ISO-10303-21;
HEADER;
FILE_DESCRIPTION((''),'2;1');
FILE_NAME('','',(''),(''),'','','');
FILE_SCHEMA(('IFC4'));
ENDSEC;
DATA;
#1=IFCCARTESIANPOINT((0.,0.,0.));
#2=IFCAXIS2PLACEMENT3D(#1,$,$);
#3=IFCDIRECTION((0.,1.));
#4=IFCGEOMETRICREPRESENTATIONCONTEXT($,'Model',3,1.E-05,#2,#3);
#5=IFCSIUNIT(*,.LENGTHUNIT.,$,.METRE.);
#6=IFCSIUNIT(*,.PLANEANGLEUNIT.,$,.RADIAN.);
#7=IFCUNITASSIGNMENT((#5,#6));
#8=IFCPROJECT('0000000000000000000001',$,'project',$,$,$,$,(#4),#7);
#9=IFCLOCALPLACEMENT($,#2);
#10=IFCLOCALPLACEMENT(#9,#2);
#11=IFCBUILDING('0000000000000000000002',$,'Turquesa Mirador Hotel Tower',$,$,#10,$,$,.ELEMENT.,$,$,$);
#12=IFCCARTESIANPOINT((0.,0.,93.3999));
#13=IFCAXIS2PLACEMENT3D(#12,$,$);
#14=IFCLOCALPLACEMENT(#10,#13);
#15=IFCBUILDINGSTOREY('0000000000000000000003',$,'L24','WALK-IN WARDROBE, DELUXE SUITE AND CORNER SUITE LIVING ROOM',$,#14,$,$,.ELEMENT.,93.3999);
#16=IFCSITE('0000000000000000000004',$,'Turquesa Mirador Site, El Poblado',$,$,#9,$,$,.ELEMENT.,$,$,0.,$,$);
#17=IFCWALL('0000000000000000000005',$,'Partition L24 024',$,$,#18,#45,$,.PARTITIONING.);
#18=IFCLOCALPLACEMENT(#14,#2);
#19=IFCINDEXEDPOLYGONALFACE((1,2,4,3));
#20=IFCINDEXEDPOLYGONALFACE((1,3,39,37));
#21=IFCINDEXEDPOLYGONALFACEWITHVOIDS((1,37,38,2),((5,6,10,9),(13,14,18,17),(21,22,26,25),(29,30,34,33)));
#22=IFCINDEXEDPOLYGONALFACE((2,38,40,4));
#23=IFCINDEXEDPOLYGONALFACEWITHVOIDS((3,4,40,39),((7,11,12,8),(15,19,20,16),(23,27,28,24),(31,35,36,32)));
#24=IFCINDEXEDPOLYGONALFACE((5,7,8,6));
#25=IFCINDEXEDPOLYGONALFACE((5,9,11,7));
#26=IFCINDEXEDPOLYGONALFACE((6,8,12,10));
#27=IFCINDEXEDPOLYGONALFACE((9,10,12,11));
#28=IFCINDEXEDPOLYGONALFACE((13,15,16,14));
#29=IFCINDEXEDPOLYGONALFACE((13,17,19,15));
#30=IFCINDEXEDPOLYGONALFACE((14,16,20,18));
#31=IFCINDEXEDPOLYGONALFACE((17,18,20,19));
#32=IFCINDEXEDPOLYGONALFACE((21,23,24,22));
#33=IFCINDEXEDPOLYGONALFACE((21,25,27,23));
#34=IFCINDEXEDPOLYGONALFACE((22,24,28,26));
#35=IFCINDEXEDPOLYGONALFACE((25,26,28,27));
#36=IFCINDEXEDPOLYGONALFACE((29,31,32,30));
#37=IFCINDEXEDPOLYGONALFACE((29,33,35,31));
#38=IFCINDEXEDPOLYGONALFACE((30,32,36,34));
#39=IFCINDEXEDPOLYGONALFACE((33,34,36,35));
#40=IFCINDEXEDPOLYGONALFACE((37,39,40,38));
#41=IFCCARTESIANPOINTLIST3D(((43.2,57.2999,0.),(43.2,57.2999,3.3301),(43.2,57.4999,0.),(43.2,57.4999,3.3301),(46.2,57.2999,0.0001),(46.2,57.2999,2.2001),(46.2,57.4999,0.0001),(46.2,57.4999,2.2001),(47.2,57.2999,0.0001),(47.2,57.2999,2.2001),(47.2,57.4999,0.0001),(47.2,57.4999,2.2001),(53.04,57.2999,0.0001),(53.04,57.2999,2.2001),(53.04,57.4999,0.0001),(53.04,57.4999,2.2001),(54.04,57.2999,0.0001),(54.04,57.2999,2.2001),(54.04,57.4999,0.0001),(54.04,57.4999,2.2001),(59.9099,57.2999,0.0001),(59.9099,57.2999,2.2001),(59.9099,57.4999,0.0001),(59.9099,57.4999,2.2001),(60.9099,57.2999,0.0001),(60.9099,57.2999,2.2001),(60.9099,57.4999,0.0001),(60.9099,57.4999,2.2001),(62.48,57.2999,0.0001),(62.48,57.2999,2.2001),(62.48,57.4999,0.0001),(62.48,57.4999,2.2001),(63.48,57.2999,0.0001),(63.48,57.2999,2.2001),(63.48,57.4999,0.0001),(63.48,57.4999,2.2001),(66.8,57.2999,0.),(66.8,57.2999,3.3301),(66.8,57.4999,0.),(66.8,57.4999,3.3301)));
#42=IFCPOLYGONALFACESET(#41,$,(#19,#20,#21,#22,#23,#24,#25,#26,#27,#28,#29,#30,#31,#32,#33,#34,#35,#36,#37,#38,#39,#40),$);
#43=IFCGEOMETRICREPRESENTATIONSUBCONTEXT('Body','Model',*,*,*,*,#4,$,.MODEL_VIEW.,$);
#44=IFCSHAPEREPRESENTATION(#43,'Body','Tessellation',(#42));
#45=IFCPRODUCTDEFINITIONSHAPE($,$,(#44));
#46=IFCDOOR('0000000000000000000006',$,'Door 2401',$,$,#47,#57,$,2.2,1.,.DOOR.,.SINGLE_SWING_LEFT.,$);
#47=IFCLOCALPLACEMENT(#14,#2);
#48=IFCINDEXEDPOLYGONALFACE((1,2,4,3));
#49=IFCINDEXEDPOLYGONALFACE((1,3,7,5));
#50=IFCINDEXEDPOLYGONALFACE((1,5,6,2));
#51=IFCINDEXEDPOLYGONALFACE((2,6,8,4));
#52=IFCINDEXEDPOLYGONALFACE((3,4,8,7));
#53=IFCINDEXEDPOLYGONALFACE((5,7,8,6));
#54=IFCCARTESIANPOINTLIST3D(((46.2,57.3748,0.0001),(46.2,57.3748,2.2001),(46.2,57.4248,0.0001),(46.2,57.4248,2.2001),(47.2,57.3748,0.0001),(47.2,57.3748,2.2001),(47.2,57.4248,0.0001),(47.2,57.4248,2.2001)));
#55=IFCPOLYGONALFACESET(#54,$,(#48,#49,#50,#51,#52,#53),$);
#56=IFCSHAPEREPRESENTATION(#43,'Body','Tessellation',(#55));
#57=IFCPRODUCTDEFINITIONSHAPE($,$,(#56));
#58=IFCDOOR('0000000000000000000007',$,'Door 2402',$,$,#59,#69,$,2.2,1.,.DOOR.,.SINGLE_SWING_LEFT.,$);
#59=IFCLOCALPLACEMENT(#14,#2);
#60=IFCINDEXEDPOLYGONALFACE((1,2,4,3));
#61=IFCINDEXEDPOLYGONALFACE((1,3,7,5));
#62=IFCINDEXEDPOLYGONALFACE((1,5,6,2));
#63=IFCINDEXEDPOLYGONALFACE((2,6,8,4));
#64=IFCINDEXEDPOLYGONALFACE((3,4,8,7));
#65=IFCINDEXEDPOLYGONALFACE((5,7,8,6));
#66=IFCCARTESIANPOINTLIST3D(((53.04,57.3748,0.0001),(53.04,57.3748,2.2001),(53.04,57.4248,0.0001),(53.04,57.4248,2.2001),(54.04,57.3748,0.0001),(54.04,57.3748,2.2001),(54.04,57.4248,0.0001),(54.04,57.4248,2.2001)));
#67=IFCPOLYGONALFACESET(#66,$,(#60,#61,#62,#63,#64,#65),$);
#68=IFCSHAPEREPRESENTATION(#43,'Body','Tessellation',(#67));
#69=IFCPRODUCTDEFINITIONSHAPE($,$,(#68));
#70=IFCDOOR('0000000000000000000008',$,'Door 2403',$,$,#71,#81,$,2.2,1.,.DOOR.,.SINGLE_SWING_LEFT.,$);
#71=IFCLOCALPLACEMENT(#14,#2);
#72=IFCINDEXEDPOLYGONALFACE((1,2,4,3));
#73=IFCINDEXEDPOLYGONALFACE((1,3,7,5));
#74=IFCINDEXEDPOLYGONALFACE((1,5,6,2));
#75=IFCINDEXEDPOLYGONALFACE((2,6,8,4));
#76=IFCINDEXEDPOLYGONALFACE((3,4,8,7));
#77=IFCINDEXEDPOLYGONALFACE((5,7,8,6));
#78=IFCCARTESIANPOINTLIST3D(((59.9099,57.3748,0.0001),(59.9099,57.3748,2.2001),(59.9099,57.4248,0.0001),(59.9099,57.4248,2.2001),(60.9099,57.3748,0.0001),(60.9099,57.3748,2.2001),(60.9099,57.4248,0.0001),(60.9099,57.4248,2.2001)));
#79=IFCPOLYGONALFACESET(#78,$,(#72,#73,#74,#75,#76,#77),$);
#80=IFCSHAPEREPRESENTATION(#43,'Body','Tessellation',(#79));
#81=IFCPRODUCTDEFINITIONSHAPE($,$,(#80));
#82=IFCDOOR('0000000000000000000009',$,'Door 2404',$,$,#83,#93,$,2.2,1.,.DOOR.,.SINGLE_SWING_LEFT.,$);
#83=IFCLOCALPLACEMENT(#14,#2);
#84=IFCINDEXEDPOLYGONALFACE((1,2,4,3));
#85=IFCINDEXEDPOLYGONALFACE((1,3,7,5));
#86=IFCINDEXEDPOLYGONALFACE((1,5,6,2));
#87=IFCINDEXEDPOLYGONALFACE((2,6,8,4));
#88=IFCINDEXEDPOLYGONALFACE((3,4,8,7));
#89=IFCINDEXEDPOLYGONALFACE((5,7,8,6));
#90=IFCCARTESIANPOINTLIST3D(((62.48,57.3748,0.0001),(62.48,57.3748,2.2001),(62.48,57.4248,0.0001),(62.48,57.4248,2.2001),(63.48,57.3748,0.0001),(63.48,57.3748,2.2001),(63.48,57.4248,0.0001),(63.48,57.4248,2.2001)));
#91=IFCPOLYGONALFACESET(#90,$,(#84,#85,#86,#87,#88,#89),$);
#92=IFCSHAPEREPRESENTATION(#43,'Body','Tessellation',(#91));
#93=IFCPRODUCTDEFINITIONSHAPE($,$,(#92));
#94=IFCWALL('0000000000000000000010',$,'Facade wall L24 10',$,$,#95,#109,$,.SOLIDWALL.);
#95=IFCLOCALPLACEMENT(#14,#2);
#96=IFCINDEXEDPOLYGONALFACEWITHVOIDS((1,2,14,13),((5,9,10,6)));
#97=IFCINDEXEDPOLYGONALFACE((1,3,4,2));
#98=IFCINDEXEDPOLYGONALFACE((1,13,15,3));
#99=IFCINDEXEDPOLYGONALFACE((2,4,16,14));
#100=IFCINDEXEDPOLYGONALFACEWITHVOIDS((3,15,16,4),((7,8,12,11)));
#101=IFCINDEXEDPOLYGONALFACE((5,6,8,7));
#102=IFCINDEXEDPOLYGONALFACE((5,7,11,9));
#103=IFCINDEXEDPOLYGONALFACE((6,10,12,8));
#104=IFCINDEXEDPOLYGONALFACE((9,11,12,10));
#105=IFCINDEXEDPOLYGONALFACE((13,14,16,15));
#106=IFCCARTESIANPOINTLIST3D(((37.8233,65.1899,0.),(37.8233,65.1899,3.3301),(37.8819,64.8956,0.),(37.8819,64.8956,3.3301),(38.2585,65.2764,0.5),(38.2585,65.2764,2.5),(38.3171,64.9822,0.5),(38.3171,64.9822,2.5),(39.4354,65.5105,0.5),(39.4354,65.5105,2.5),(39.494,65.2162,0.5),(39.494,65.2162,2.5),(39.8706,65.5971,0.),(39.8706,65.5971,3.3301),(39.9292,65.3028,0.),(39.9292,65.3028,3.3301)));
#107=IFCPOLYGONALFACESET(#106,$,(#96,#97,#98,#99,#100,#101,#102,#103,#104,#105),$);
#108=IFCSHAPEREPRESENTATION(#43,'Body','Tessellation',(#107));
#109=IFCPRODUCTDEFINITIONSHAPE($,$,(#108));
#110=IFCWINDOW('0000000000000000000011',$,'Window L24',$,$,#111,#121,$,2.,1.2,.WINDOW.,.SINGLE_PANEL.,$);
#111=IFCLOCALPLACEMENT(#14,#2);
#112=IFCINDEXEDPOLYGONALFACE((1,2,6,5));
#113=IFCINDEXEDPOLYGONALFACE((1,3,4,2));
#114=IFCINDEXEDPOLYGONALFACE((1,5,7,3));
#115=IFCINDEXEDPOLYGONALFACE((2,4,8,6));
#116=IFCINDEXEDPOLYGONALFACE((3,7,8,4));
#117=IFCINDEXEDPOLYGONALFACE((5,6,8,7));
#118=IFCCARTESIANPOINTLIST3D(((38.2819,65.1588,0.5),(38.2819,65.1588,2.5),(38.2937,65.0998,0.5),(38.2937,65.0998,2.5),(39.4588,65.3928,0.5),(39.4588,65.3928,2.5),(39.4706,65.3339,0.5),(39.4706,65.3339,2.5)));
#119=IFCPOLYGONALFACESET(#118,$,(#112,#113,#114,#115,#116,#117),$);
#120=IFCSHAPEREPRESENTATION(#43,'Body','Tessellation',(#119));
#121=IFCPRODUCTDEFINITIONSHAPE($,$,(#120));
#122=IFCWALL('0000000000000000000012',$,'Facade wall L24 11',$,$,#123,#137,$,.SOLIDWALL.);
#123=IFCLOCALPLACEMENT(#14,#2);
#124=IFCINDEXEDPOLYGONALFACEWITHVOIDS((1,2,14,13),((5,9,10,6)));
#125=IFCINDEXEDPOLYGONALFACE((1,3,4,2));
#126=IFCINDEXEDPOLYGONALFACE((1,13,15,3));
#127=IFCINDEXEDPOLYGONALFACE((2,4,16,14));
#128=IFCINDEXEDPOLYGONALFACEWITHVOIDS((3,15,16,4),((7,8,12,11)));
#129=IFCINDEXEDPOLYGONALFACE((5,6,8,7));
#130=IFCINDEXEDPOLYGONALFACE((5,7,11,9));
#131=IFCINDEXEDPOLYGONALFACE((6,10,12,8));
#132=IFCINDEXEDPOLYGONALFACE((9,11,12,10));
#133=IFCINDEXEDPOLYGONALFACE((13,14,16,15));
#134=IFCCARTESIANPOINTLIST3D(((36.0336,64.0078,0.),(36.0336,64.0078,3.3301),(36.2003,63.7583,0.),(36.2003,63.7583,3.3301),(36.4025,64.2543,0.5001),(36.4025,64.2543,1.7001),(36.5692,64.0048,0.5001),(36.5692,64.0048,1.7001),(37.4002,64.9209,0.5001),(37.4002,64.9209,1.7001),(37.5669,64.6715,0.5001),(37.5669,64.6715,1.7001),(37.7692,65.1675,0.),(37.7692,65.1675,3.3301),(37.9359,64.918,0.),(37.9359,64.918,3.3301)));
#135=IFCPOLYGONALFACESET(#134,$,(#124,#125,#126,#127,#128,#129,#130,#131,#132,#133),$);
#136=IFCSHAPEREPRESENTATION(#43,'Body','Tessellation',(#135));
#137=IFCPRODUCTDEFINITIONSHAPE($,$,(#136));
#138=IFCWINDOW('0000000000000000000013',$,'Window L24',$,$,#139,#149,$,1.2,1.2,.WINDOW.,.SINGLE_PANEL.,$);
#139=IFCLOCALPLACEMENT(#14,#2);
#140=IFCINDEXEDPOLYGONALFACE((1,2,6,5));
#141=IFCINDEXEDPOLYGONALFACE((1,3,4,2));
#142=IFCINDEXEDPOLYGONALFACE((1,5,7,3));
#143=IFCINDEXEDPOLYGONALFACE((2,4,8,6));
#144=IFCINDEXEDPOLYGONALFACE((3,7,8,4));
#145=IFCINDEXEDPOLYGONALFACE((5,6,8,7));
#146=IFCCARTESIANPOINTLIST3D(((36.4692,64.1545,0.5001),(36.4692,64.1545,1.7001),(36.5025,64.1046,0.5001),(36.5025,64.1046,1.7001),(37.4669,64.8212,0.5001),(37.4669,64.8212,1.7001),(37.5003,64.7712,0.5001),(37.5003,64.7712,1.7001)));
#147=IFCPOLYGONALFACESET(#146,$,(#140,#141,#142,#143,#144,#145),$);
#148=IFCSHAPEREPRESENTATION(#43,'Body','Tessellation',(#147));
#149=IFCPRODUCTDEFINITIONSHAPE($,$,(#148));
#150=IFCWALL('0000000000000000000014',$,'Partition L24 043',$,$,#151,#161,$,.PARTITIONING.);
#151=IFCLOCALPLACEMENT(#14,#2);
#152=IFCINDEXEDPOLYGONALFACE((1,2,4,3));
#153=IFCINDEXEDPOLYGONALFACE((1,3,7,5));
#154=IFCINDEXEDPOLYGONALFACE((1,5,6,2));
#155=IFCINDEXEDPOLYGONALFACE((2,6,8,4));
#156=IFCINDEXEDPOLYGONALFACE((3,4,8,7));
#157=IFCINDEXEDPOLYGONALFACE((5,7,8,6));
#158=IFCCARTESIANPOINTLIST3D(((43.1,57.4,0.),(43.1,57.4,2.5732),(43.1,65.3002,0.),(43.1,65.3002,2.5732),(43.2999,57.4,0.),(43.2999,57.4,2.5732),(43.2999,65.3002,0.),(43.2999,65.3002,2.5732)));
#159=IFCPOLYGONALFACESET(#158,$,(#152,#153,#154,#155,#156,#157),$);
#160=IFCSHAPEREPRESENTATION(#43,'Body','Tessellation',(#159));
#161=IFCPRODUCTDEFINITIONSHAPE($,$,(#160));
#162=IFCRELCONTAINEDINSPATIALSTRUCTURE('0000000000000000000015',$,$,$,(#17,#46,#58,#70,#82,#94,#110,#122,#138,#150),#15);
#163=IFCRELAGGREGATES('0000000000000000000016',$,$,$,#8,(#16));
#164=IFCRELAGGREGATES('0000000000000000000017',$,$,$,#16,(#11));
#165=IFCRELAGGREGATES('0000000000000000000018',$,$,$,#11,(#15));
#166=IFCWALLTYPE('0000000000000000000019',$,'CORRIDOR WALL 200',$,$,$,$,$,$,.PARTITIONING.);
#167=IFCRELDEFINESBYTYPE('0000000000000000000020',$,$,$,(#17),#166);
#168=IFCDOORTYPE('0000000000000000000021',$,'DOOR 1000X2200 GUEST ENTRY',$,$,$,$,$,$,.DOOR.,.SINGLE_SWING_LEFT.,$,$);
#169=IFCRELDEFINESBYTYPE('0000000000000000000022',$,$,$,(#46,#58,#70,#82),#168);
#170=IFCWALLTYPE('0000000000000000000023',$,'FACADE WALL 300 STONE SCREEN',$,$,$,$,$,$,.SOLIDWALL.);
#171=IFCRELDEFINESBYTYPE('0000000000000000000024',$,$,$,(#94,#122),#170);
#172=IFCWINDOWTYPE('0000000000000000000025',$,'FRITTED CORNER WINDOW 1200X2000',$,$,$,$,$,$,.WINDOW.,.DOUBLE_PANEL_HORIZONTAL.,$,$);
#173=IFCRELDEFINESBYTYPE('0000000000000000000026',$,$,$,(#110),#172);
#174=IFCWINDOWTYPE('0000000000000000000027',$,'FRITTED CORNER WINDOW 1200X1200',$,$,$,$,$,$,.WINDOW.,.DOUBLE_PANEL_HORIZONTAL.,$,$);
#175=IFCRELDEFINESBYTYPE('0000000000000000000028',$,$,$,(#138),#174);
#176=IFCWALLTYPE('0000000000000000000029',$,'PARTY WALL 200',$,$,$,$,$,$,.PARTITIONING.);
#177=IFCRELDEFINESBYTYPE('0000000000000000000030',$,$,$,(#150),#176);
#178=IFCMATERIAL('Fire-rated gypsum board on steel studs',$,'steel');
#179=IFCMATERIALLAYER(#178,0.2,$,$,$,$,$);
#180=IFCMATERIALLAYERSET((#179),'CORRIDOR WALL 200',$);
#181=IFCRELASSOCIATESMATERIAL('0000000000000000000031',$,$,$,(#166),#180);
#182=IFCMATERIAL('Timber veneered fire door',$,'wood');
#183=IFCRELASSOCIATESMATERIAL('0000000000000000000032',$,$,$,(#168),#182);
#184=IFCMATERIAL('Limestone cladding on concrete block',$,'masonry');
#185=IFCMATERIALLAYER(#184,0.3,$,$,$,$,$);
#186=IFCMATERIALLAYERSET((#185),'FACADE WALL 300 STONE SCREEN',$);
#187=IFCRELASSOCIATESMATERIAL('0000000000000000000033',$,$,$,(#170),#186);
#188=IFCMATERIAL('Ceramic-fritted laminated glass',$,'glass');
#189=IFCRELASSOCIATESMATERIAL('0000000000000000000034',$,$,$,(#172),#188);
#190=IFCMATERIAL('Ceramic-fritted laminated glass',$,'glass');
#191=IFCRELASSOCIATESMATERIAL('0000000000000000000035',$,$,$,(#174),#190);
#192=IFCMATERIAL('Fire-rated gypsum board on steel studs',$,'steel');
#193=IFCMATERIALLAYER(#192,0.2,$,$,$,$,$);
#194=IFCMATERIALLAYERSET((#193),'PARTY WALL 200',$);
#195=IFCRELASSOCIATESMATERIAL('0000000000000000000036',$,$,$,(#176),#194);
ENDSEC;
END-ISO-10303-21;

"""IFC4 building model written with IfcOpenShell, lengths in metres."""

from ifc_helpers import new_model, si_unit, direction, frame, frame_2d, origin, place, context, subcontext, project, spatial, rectangle, extrude, material, layer, layer_set, type_object, element, fill, save


model = new_model("IFC4")

# Units and contexts
model_context = context("Model", 3, precision=1e-05, world=origin(), true_north=direction((0.0, 1.0)))
body_context = subcontext(model_context, "Body", "Model", "MODEL_VIEW")
ifc_project = project(units=[si_unit("LENGTHUNIT", "METRE"), si_unit("PLANEANGLEUNIT", "RADIAN")], contexts=[model_context])

# Site, building, storey
site_placement = place(None, origin())
site = spatial("IfcSite", under=ifc_project, at=site_placement, Name="Turquesa Mirador Site, El Poblado", CompositionType="ELEMENT", RefElevation=0.0)
building_placement = place(site_placement, origin())
building = spatial("IfcBuilding", under=site, at=building_placement, Name="Turquesa Mirador Hotel Tower", CompositionType="ELEMENT")
storey_placement = place(building_placement, frame((0.0, 0.0, 93.3999)))
storey = spatial("IfcBuildingStorey", under=building, at=storey_placement, Name="L24", Description="WALK-IN WARDROBE, DELUXE SUITE AND CORNER SUITE LIVING ROOM", CompositionType="ELEMENT", Elevation=93.3999)

# Wall, openings, doors
ifc_material_1 = material(Name="Fire-rated gypsum board on steel studs", Category="steel")
ifc_layer_1 = layer(ifc_material_1, 0.2)
ifc_layer_set_1 = layer_set([ifc_layer_1], Name="CORRIDOR WALL 200")
wall_type_1 = type_object("IfcWallType", Name="CORRIDOR WALL 200", PredefinedType="PARTITIONING", material=ifc_layer_set_1)
wall_1_placement = place(storey_placement, frame((43.2, 57.3999, 0.0), z_axis=(0.0, 0.0, 1.0), x_axis=(1.0, 0.0, 0.0)))
wall_1 = element("IfcWall", 1, at=wall_1_placement, inside=storey, type_object=wall_type_1, Name="Partition L24 024", PredefinedType="PARTITIONING", context=body_context, shape_type="SweptSolid", body=[
    extrude(rectangle(XDim=23.6001, YDim=0.2, at=frame_2d((11.8, 0.0))), origin(), (0.0, 0.0, 1.0), 3.3301),
])
opening_1_placement = place(wall_1_placement, frame((3.0, 0.0, 0.0)))
opening_1 = element("IfcOpeningElement", 2, at=opening_1_placement, cuts=wall_1, PredefinedType="OPENING", context=body_context, shape_type="SweptSolid", body=[
    extrude(rectangle(XDim=1.0, YDim=2.2, at=frame_2d((0.5, 1.1001))), frame((0.0, 0.1099, 0.0), z_axis=(0.0, -1.0, 0.0), x_axis=(1.0, 0.0, 0.0)), (0.0, 0.0, 1.0), 0.22),
])
opening_2_placement = place(wall_1_placement, frame((9.8401, 0.0, 0.0)))
opening_2 = element("IfcOpeningElement", 3, at=opening_2_placement, cuts=wall_1, PredefinedType="OPENING", context=body_context, shape_type="SweptSolid", body=[
    extrude(rectangle(XDim=1.0, YDim=2.2, at=frame_2d((0.5, 1.1001))), frame((0.0, 0.1099, 0.0), z_axis=(0.0, -1.0, 0.0), x_axis=(1.0, 0.0, 0.0)), (0.0, 0.0, 1.0), 0.22),
])
opening_3_placement = place(wall_1_placement, frame((16.71, 0.0, 0.0)))
opening_3 = element("IfcOpeningElement", 4, at=opening_3_placement, cuts=wall_1, PredefinedType="OPENING", context=body_context, shape_type="SweptSolid", body=[
    extrude(rectangle(XDim=1.0, YDim=2.2, at=frame_2d((0.5, 1.1001))), frame((0.0, 0.1099, 0.0), z_axis=(0.0, -1.0, 0.0), x_axis=(1.0, 0.0, 0.0)), (0.0, 0.0, 1.0), 0.22),
])
opening_4_placement = place(wall_1_placement, frame((19.28, 0.0, 0.0)))
opening_4 = element("IfcOpeningElement", 5, at=opening_4_placement, cuts=wall_1, PredefinedType="OPENING", context=body_context, shape_type="SweptSolid", body=[
    extrude(rectangle(XDim=1.0, YDim=2.2, at=frame_2d((0.5, 1.1001))), frame((0.0, 0.1099, 0.0), z_axis=(0.0, -1.0, 0.0), x_axis=(1.0, 0.0, 0.0)), (0.0, 0.0, 1.0), 0.22),
])
ifc_material_2 = material(Name="Timber veneered fire door", Category="wood")
door_type_1 = type_object("IfcDoorType", Name="DOOR 1000X2200 GUEST ENTRY", OperationType="SINGLE_SWING_LEFT", PredefinedType="DOOR", material=ifc_material_2)
door_1_placement = place(opening_1_placement, origin())
door_1 = element("IfcDoor", 6, at=door_1_placement, inside=storey, type_object=door_type_1, Name="Door 2401", OperationType="SINGLE_SWING_LEFT", OverallHeight=2.2, OverallWidth=1.0, PredefinedType="DOOR", context=body_context, shape_type="SweptSolid", body=[
    extrude(rectangle(XDim=1.0, YDim=2.2, at=frame_2d((0.5, 1.1001))), frame((0.0, 0.0249, 0.0), z_axis=(0.0, -1.0, 0.0), x_axis=(1.0, 0.0, 0.0)), (0.0, 0.0, 1.0), 0.05),
])
fill(opening_1, door_1)
door_2_placement = place(opening_2_placement, origin())
door_2 = element("IfcDoor", 7, at=door_2_placement, inside=storey, type_object=door_type_1, Name="Door 2402", OperationType="SINGLE_SWING_LEFT", OverallHeight=2.2, OverallWidth=1.0, PredefinedType="DOOR", context=body_context, shape_type="SweptSolid", body=[
    extrude(rectangle(XDim=1.0, YDim=2.2, at=frame_2d((0.5, 1.1001))), frame((0.0, 0.0249, 0.0), z_axis=(0.0, -1.0, 0.0), x_axis=(1.0, 0.0, 0.0)), (0.0, 0.0, 1.0), 0.05),
])
fill(opening_2, door_2)
door_3_placement = place(opening_3_placement, origin())
door_3 = element("IfcDoor", 8, at=door_3_placement, inside=storey, type_object=door_type_1, Name="Door 2403", OperationType="SINGLE_SWING_LEFT", OverallHeight=2.2, OverallWidth=1.0, PredefinedType="DOOR", context=body_context, shape_type="SweptSolid", body=[
    extrude(rectangle(XDim=1.0, YDim=2.2, at=frame_2d((0.5, 1.1001))), frame((0.0, 0.0249, 0.0), z_axis=(0.0, -1.0, 0.0), x_axis=(1.0, 0.0, 0.0)), (0.0, 0.0, 1.0), 0.05),
])
fill(opening_3, door_3)
door_4_placement = place(opening_4_placement, origin())
door_4 = element("IfcDoor", 9, at=door_4_placement, inside=storey, type_object=door_type_1, Name="Door 2404", OperationType="SINGLE_SWING_LEFT", OverallHeight=2.2, OverallWidth=1.0, PredefinedType="DOOR", context=body_context, shape_type="SweptSolid", body=[
    extrude(rectangle(XDim=1.0, YDim=2.2, at=frame_2d((0.5, 1.1001))), frame((0.0, 0.0249, 0.0), z_axis=(0.0, -1.0, 0.0), x_axis=(1.0, 0.0, 0.0)), (0.0, 0.0, 1.0), 0.05),
])
fill(opening_4, door_4)

# Walls, openings, windows
ifc_material_3 = material(Name="Limestone cladding on concrete block", Category="masonry")
ifc_layer_2 = layer(ifc_material_3, 0.3)
ifc_layer_set_2 = layer_set([ifc_layer_2], Name="FACADE WALL 300 STONE SCREEN")
wall_type_2 = type_object("IfcWallType", Name="FACADE WALL 300 STONE SCREEN", PredefinedType="SOLIDWALL", material=ifc_layer_set_2)
wall_2_placement = place(storey_placement, frame((39.8999, 65.45, 0.0), z_axis=(0.0, 0.0, 1.0), x_axis=(-0.980787, -0.195081, 0.0)))
wall_2 = element("IfcWall", 10, at=wall_2_placement, inside=storey, type_object=wall_type_2, Name="Facade wall L24 10", PredefinedType="SOLIDWALL", context=body_context, shape_type="SweptSolid", body=[
    extrude(rectangle(XDim=2.0874, YDim=0.3, at=frame_2d((1.0437, 0.0))), origin(), (0.0, 0.0, 1.0), 3.3301),
])
opening_5_placement = place(wall_2_placement, frame((0.4436, 0.0, 0.5)))
opening_5 = element("IfcOpeningElement", 11, at=opening_5_placement, cuts=wall_2, PredefinedType="OPENING", context=body_context, shape_type="SweptSolid", body=[
    extrude(rectangle(XDim=1.2, YDim=2.0, at=frame_2d((0.6001, 1.0))), frame((0.0, 0.1599, 0.0), z_axis=(0.0, -1.0, 0.0), x_axis=(1.0, 0.0, 0.0)), (0.0, 0.0, 1.0), 0.3201),
])
ifc_material_4 = material(Name="Ceramic-fritted laminated glass", Category="glass")
window_type_1 = type_object("IfcWindowType", Name="FRITTED CORNER WINDOW 1200X2000", PartitioningType="DOUBLE_PANEL_HORIZONTAL", PredefinedType="WINDOW", material=ifc_material_4)
window_1_placement = place(opening_5_placement, origin())
window_1 = element("IfcWindow", 12, at=window_1_placement, inside=storey, type_object=window_type_1, Name="Window L24", OverallHeight=2.0, OverallWidth=1.2, PartitioningType="SINGLE_PANEL", PredefinedType="WINDOW", context=body_context, shape_type="SweptSolid", body=[
    extrude(rectangle(XDim=1.2, YDim=2.0, at=frame_2d((0.6001, 1.0))), frame((0.0, 0.03, 0.0), z_axis=(0.0, -1.0, 0.0), x_axis=(1.0, 0.0, 0.0)), (0.0, 0.0, 1.0), 0.0601),
])
fill(opening_5, window_1)
wall_3_placement = place(storey_placement, frame((37.8525, 65.0427, 0.0), z_axis=(0.0, 0.0, 1.0), x_axis=(-0.831474, -0.555564, 0.0)))
wall_3 = element("IfcWall", 13, at=wall_3_placement, inside=storey, type_object=wall_type_2, Name="Facade wall L24 11", PredefinedType="SOLIDWALL", context=body_context, shape_type="SweptSolid", body=[
    extrude(rectangle(XDim=2.0874, YDim=0.3, at=frame_2d((1.0437, 0.0))), origin(), (0.0, 0.0, 1.0), 3.3301),
])
opening_6_placement = place(wall_3_placement, frame((0.4436, 0.0, 0.5)))
opening_6 = element("IfcOpeningElement", 14, at=opening_6_placement, cuts=wall_3, PredefinedType="OPENING", context=body_context, shape_type="SweptSolid", body=[
    extrude(rectangle(XDim=1.2, YDim=1.2, at=frame_2d((0.6001, 0.6001))), frame((0.0, 0.1599, 0.0), z_axis=(0.0, -1.0, 0.0), x_axis=(1.0, 0.0, 0.0)), (0.0, 0.0, 1.0), 0.3201),
])
ifc_material_5 = material(Name="Ceramic-fritted laminated glass", Category="glass")
window_type_2 = type_object("IfcWindowType", Name="FRITTED CORNER WINDOW 1200X1200", PartitioningType="DOUBLE_PANEL_HORIZONTAL", PredefinedType="WINDOW", material=ifc_material_5)
window_2_placement = place(opening_6_placement, origin())
window_2 = element("IfcWindow", 15, at=window_2_placement, inside=storey, type_object=window_type_2, Name="Window L24", OverallHeight=1.2, OverallWidth=1.2, PartitioningType="SINGLE_PANEL", PredefinedType="WINDOW", context=body_context, shape_type="SweptSolid", body=[
    extrude(rectangle(XDim=1.2, YDim=1.2, at=frame_2d((0.6001, 0.6001))), frame((0.0, 0.03, 0.0), z_axis=(0.0, -1.0, 0.0), x_axis=(1.0, 0.0, 0.0)), (0.0, 0.0, 1.0), 0.0601),
])
fill(opening_6, window_2)

# Wall
ifc_material_6 = material(Name="Fire-rated gypsum board on steel studs", Category="steel")
ifc_layer_3 = layer(ifc_material_6, 0.2)
ifc_layer_set_3 = layer_set([ifc_layer_3], Name="PARTY WALL 200")
wall_type_3 = type_object("IfcWallType", Name="PARTY WALL 200", PredefinedType="PARTITIONING", material=ifc_layer_set_3)
wall_4_placement = place(storey_placement, frame((43.2, 57.3999, 0.0), z_axis=(0.0, 0.0, 1.0), x_axis=(0.0, 1.0, 0.0)))
element("IfcWall", 16, at=wall_4_placement, inside=storey, type_object=wall_type_3, Name="Partition L24 043", PredefinedType="PARTITIONING", context=body_context, shape_type="SweptSolid", body=[
    extrude(rectangle(XDim=7.9001, YDim=0.2, at=frame_2d((3.9502, 0.0))), origin(), (0.0, 0.0, 1.0), 2.5732),
])

save(model, "model.ifc")
